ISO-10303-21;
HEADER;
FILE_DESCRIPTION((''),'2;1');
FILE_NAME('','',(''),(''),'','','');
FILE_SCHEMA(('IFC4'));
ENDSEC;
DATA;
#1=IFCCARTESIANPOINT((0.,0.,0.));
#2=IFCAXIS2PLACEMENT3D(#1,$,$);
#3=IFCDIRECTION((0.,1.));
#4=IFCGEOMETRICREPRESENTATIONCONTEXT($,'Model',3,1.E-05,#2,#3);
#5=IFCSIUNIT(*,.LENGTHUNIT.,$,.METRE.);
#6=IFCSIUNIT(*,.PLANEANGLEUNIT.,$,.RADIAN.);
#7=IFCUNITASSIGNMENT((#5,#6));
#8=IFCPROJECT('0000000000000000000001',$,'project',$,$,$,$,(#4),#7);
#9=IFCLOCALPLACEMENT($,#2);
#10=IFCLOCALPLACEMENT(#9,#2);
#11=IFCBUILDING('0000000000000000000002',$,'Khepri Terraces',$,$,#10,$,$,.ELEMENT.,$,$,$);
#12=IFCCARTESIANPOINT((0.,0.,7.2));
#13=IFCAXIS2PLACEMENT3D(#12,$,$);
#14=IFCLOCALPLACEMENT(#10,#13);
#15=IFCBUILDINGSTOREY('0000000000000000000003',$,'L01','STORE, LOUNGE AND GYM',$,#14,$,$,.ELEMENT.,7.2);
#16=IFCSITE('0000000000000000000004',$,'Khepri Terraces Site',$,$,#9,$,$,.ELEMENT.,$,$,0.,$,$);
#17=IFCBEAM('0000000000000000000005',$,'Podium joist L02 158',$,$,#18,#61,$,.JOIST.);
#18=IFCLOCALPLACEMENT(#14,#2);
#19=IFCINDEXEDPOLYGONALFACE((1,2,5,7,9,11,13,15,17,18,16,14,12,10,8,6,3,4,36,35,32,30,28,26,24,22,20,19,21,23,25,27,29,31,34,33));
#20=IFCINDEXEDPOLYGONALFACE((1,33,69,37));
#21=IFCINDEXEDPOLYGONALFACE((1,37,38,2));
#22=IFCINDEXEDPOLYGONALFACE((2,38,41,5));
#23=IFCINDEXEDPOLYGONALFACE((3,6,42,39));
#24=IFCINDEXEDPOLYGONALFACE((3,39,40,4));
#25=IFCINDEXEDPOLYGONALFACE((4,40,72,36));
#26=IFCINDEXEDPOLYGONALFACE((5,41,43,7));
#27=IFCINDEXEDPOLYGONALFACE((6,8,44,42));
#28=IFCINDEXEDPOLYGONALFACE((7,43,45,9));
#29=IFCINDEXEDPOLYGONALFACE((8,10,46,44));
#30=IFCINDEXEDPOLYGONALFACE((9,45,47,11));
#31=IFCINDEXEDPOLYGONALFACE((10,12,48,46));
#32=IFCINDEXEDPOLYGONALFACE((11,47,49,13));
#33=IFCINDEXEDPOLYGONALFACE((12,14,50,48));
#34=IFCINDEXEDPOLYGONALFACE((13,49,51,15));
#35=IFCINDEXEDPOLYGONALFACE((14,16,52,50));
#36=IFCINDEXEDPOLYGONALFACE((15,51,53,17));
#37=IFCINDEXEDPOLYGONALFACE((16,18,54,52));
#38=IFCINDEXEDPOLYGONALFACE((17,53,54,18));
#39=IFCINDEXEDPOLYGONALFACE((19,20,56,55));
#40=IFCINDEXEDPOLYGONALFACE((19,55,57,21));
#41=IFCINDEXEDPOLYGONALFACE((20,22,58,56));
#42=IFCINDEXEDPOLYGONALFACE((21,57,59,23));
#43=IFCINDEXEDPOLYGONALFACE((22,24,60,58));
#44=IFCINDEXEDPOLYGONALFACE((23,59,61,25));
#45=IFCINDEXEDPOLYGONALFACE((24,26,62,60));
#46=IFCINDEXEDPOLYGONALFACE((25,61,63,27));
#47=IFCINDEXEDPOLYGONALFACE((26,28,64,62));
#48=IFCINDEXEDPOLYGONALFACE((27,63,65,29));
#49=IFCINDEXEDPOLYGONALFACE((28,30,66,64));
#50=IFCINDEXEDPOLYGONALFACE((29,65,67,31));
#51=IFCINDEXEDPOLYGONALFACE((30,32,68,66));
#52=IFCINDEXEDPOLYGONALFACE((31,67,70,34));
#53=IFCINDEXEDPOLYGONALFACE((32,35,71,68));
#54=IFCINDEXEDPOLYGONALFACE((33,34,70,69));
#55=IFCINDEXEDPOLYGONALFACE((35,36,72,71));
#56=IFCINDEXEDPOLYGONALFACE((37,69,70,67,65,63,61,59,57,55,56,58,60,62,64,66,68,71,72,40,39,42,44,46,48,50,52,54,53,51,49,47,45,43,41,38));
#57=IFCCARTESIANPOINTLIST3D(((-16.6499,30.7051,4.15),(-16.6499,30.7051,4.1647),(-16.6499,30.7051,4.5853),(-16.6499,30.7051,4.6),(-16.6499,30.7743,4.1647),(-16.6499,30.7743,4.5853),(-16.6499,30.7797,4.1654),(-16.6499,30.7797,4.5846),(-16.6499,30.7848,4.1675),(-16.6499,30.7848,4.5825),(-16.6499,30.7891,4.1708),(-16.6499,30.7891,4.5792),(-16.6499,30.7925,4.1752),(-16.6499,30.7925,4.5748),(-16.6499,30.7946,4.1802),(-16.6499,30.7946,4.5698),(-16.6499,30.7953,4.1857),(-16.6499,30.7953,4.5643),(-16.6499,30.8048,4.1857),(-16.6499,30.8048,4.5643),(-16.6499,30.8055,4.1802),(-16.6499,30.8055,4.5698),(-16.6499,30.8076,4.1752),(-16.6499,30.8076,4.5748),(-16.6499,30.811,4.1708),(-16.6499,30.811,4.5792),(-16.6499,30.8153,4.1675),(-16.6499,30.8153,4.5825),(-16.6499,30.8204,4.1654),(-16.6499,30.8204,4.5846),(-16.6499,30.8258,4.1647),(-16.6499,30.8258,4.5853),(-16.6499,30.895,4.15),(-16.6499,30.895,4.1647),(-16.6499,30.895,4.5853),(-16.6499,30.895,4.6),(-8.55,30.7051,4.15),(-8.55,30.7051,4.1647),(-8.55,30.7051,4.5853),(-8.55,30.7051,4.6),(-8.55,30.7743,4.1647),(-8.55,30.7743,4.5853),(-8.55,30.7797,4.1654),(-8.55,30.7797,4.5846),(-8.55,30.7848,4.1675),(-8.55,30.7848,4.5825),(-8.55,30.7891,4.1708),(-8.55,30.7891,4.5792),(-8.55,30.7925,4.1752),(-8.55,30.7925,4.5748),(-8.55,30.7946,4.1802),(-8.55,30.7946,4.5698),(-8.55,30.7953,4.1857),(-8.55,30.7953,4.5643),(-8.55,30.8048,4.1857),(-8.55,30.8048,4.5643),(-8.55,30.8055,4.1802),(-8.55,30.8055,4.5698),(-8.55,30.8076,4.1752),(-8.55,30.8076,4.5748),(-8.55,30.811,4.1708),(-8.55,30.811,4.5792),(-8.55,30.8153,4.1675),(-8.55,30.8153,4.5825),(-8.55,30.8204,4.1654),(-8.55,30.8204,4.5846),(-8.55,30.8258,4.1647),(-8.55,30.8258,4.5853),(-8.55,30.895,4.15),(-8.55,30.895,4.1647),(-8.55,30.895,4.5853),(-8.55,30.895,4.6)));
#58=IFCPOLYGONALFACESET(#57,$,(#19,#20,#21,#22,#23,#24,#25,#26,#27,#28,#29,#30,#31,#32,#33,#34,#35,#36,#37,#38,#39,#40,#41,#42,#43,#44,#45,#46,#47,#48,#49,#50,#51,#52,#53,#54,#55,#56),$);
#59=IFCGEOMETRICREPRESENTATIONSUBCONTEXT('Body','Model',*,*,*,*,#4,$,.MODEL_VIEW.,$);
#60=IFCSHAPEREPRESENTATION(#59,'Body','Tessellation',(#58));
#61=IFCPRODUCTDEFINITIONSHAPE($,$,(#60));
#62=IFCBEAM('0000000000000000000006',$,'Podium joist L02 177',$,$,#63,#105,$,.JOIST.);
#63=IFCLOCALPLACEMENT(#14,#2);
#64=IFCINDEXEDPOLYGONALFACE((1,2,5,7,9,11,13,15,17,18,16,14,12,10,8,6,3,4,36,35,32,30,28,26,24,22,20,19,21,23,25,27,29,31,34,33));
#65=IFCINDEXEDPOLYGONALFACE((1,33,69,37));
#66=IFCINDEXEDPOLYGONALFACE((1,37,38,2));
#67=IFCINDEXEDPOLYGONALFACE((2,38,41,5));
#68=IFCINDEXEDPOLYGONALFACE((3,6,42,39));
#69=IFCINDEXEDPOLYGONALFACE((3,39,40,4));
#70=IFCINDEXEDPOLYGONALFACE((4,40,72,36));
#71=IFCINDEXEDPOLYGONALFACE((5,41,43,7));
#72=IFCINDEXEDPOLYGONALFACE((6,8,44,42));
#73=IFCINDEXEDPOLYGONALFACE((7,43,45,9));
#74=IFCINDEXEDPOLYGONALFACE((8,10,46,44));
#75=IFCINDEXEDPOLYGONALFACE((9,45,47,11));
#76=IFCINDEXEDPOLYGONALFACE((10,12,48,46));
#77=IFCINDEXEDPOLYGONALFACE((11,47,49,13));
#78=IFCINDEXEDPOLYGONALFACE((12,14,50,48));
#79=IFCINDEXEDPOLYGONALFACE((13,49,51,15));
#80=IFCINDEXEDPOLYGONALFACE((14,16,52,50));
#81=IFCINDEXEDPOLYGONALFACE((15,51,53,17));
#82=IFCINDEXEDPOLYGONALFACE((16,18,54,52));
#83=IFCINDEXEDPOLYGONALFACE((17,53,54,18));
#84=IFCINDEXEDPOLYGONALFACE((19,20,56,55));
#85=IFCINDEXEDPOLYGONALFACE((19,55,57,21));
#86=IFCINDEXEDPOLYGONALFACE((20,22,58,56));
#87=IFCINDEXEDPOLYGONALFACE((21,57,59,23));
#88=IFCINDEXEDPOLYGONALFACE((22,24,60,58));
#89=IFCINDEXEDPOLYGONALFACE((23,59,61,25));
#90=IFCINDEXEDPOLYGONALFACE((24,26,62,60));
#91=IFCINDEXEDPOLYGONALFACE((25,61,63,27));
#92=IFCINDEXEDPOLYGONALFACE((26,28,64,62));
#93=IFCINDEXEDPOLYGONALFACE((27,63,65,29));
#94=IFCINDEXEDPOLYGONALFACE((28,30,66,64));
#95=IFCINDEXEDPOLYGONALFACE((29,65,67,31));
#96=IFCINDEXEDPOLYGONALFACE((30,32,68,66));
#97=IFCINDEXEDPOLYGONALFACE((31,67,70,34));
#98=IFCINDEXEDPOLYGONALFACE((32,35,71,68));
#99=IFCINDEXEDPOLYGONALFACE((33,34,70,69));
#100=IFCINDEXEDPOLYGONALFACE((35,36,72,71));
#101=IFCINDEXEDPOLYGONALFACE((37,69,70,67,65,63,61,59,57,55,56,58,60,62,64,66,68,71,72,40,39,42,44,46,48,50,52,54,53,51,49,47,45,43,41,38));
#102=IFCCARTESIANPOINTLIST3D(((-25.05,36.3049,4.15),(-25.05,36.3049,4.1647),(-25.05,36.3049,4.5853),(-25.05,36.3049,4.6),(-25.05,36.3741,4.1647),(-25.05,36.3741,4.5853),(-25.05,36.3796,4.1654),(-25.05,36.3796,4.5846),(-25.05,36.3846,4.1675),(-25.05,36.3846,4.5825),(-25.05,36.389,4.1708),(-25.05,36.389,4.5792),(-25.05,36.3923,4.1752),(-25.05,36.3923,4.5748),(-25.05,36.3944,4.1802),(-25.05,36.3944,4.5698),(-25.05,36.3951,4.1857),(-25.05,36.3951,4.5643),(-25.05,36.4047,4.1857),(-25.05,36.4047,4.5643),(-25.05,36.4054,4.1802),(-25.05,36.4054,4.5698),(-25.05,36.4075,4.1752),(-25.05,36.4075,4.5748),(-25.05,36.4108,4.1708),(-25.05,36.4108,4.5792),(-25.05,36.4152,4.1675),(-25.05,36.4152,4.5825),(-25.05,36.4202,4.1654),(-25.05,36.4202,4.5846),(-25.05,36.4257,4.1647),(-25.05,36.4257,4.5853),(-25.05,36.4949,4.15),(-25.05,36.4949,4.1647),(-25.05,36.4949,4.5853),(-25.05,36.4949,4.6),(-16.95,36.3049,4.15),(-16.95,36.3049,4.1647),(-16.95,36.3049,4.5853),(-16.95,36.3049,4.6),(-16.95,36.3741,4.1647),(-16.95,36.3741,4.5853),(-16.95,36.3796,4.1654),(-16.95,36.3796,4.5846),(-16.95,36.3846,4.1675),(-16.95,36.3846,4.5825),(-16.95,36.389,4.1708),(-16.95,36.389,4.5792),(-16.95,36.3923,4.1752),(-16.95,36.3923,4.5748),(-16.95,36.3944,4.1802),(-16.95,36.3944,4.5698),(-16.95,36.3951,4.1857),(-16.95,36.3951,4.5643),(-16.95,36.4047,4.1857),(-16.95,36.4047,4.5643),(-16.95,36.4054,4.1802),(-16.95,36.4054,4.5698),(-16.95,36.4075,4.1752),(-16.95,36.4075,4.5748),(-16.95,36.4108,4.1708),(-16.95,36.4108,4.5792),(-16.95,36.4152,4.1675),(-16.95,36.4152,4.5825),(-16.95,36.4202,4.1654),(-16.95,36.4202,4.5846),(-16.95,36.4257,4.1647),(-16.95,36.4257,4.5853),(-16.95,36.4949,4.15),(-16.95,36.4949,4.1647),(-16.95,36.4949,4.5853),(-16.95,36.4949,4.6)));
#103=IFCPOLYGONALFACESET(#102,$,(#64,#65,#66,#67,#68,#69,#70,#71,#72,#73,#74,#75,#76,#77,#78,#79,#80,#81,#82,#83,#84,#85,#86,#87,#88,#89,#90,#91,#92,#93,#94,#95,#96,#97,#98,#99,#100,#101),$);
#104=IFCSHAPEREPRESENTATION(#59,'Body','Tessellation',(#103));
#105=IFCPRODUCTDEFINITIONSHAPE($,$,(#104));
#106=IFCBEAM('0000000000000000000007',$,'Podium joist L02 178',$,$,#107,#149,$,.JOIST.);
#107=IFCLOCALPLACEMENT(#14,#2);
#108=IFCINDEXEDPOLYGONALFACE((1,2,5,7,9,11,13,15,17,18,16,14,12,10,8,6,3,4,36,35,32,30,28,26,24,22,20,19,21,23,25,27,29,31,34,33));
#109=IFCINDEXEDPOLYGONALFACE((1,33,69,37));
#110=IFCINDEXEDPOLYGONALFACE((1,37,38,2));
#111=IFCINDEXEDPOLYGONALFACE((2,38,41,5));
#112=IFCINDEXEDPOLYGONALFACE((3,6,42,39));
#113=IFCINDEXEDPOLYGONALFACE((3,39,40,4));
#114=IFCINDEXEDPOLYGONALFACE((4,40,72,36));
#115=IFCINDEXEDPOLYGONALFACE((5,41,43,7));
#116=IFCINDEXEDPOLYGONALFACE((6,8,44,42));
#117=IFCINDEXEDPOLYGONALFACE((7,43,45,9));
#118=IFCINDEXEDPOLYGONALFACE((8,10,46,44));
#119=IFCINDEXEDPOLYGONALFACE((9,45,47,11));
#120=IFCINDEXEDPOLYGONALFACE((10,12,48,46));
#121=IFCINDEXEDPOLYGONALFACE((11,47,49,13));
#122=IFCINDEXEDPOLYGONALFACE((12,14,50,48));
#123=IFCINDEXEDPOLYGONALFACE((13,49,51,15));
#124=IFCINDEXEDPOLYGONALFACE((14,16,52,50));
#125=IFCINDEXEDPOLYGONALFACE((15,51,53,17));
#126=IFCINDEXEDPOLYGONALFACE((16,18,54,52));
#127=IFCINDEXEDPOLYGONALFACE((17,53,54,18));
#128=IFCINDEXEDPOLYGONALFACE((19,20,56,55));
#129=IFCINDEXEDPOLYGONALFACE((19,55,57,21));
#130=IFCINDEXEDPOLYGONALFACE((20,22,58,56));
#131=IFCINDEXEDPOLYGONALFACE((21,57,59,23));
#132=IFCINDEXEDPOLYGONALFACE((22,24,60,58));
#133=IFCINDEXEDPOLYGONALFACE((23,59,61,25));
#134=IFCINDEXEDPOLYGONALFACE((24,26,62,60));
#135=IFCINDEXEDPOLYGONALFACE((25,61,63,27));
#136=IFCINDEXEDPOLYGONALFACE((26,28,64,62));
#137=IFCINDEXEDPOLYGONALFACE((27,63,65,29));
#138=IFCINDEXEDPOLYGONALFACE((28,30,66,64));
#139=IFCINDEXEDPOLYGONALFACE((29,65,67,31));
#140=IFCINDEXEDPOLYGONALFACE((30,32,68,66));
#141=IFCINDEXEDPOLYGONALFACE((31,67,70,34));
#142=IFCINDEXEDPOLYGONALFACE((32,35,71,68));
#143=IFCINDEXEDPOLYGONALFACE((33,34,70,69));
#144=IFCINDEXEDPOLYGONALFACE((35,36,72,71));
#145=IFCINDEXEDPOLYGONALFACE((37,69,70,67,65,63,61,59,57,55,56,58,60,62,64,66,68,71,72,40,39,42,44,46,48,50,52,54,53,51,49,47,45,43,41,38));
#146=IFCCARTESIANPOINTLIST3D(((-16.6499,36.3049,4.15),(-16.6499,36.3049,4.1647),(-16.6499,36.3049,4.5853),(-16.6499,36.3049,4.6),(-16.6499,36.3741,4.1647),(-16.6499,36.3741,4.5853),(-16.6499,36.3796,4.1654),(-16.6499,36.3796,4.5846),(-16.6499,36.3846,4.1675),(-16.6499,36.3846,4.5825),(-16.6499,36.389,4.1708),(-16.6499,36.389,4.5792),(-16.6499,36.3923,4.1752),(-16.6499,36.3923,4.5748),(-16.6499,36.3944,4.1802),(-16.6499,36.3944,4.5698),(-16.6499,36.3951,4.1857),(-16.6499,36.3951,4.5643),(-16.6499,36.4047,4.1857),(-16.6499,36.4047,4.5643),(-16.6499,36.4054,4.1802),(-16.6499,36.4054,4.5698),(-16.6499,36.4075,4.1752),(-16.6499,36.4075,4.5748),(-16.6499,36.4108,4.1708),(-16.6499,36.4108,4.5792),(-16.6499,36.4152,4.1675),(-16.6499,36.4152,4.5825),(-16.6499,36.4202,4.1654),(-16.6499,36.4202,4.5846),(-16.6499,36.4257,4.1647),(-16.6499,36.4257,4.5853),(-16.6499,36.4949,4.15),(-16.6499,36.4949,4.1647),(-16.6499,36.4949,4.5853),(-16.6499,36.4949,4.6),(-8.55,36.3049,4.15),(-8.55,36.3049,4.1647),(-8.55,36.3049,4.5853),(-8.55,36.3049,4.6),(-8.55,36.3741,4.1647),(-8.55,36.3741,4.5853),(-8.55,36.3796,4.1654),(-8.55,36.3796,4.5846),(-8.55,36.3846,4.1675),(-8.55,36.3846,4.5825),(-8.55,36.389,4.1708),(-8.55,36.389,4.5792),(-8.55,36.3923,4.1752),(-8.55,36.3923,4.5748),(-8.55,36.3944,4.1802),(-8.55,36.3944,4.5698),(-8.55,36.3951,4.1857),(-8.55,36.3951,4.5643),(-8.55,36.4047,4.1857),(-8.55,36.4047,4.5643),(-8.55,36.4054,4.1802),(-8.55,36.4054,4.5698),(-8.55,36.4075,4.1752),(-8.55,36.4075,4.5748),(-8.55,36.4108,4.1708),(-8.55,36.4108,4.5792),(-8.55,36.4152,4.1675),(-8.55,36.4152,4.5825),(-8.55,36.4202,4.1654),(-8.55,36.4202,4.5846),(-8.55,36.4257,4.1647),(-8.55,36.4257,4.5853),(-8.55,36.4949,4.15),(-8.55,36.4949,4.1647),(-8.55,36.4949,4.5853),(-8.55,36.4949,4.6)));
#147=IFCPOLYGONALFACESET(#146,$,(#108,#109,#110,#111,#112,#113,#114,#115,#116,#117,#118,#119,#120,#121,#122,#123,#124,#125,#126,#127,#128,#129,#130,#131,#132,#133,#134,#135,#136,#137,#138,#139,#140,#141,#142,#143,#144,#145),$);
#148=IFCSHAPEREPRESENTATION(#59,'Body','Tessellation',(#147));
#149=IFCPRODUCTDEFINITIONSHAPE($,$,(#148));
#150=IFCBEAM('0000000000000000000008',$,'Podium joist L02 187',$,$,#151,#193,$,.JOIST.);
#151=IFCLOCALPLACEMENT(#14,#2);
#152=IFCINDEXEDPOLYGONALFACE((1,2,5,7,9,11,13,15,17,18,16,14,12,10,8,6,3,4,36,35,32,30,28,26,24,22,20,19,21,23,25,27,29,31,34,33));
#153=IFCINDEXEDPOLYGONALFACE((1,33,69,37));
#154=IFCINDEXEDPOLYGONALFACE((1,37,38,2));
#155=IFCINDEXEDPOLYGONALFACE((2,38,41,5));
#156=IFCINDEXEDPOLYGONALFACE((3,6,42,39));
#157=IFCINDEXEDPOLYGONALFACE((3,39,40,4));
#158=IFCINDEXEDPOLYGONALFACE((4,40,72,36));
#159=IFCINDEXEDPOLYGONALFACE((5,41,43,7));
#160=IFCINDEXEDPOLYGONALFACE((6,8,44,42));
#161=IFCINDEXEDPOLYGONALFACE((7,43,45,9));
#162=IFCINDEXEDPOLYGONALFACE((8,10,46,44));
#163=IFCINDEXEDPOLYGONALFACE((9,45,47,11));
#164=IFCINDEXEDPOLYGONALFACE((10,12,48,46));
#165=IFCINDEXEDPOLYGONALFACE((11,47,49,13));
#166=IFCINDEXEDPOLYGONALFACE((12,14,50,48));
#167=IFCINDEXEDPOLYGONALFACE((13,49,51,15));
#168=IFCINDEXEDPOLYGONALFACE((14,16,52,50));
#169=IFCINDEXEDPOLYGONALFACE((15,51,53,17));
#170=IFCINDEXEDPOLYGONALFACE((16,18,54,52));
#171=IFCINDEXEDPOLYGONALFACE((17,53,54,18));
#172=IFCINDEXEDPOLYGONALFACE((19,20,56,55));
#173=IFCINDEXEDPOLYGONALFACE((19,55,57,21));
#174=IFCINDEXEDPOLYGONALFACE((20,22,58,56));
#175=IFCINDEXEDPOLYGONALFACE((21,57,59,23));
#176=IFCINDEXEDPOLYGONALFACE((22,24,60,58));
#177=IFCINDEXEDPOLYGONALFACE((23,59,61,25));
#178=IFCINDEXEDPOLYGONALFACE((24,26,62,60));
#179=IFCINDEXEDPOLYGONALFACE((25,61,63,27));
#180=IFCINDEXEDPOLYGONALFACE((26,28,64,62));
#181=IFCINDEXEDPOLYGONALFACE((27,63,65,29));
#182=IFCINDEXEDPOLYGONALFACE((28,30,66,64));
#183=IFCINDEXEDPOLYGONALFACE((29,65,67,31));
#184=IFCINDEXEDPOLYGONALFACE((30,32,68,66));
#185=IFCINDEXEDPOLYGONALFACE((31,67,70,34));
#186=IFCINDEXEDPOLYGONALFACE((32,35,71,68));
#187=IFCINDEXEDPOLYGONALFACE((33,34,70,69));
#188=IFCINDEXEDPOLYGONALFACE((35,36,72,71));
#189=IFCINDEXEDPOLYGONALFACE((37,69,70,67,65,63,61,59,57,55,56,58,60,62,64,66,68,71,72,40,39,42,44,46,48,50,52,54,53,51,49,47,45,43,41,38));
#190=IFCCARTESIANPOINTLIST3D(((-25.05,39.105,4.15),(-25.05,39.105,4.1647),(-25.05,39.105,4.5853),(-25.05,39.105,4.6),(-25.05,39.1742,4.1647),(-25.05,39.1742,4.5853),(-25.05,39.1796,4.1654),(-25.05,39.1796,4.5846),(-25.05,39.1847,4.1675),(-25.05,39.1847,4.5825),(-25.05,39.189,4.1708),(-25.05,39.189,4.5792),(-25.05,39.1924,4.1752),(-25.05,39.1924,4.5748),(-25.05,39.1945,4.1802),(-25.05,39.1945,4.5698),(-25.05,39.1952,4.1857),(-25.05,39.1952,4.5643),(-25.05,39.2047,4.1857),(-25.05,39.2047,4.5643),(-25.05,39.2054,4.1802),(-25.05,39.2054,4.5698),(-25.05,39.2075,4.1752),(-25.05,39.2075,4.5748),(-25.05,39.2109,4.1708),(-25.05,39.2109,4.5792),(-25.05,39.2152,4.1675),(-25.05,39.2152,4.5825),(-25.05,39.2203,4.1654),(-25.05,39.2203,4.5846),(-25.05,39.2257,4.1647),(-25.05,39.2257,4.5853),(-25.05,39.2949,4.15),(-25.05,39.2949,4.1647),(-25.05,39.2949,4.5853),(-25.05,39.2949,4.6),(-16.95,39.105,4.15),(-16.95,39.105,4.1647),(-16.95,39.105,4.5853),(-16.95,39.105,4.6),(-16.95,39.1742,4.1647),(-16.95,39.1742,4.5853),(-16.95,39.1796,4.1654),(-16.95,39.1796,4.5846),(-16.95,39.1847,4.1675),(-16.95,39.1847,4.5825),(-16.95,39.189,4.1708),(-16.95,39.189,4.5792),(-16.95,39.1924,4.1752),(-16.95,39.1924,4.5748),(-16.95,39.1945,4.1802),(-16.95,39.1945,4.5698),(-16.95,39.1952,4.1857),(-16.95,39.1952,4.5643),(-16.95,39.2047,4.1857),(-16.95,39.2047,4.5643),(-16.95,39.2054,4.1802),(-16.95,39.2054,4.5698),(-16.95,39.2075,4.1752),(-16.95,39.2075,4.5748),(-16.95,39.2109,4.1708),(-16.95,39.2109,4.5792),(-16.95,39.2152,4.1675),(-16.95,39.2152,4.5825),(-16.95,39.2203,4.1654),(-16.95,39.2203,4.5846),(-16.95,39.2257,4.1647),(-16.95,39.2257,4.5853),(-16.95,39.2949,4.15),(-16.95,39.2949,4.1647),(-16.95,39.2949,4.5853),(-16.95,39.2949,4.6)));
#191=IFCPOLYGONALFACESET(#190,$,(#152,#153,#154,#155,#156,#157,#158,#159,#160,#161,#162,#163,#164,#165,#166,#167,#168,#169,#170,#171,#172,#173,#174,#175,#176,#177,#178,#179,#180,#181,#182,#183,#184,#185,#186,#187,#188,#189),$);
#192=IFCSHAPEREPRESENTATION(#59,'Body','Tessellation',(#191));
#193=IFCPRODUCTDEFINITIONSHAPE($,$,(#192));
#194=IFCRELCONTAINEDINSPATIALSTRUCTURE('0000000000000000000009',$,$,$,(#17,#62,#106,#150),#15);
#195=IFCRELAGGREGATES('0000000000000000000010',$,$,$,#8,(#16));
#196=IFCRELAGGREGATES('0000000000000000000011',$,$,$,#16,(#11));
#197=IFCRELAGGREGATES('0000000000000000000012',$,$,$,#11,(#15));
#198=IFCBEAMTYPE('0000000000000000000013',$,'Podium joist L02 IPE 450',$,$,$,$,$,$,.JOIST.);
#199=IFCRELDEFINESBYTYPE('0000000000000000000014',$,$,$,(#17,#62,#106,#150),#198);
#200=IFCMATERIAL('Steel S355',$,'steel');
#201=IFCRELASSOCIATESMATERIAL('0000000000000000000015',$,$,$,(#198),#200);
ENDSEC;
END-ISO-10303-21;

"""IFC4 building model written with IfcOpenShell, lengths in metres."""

from ifc_helpers import new_model, si_unit, direction, frame, origin, origin_2d, place, context, subcontext, project, spatial, i_section, extrude, material, material_profile, profile_set, type_object, element, save


model = new_model("IFC4")

# Units and contexts
model_context = context("Model", 3, precision=1e-05, world=origin(), true_north=direction((0.0, 1.0)))
body_context = subcontext(model_context, "Body", "Model", "MODEL_VIEW")
ifc_project = project(units=[si_unit("LENGTHUNIT", "METRE"), si_unit("PLANEANGLEUNIT", "RADIAN")], contexts=[model_context])

# Site, building, storey
site_placement = place(None, origin())
site = spatial("IfcSite", under=ifc_project, at=site_placement, Name="Khepri Terraces Site", CompositionType="ELEMENT", RefElevation=0.0)
building_placement = place(site_placement, origin())
building = spatial("IfcBuilding", under=site, at=building_placement, Name="Khepri Terraces", CompositionType="ELEMENT")
storey_placement = place(building_placement, frame((0.0, 0.0, 7.2)))
storey = spatial("IfcBuildingStorey", under=building, at=storey_placement, Name="L01", Description="STORE, LOUNGE AND GYM", CompositionType="ELEMENT", Elevation=7.2)

# Beams
ifc_material_1 = material(Name="Steel S355", Category="steel")
ifc_material_profile_1 = material_profile(ifc_material_1, i_section(OverallWidth=0.1899, OverallDepth=0.45, WebThickness=0.0095, FlangeThickness=0.0146, FilletRadius=0.021, at=origin_2d()), Name="Steel S355", Category="steel")
ifc_profile_set_1 = profile_set([ifc_material_profile_1], Name="Steel S355")
beam_type_1 = type_object("IfcBeamType", Name="Podium joist L02 IPE 450", PredefinedType="JOIST", material=ifc_profile_set_1)
beam_1_placement = place(storey_placement, frame((-16.6499, 30.8, 4.375), z_axis=(1.0, 0.0, 0.0), x_axis=(0.0, 1.0, 0.0)))
element("IfcBeam", 1, at=beam_1_placement, inside=storey, type_object=beam_type_1, Name="Podium joist L02 158", PredefinedType="JOIST", context=body_context, shape_type="SweptSolid", body=[
    extrude(i_section(OverallWidth=0.1899, OverallDepth=0.45, WebThickness=0.0095, FlangeThickness=0.0146, FilletRadius=0.021, at=origin_2d()), origin(), (0.0, 0.0, 1.0), 8.0999),
])
beam_2_placement = place(storey_placement, frame((-25.05, 36.3999, 4.375), z_axis=(1.0, 0.0, 0.0), x_axis=(0.0, 1.0, 0.0)))
element("IfcBeam", 2, at=beam_2_placement, inside=storey, type_object=beam_type_1, Name="Podium joist L02 177", PredefinedType="JOIST", context=body_context, shape_type="SweptSolid", body=[
    extrude(i_section(OverallWidth=0.1899, OverallDepth=0.45, WebThickness=0.0095, FlangeThickness=0.0146, FilletRadius=0.021, at=origin_2d()), origin(), (0.0, 0.0, 1.0), 8.1001),
])
beam_3_placement = place(storey_placement, frame((-16.6499, 36.3999, 4.375), z_axis=(1.0, 0.0, 0.0), x_axis=(0.0, 1.0, 0.0)))
element("IfcBeam", 3, at=beam_3_placement, inside=storey, type_object=beam_type_1, Name="Podium joist L02 178", PredefinedType="JOIST", context=body_context, shape_type="SweptSolid", body=[
    extrude(i_section(OverallWidth=0.1899, OverallDepth=0.45, WebThickness=0.0095, FlangeThickness=0.0146, FilletRadius=0.021, at=origin_2d()), origin(), (0.0, 0.0, 1.0), 8.0999),
])
beam_4_placement = place(storey_placement, frame((-25.05, 39.2, 4.375), z_axis=(1.0, 0.0, 0.0), x_axis=(0.0, 1.0, 0.0)))
element("IfcBeam", 4, at=beam_4_placement, inside=storey, type_object=beam_type_1, Name="Podium joist L02 187", PredefinedType="JOIST", context=body_context, shape_type="SweptSolid", body=[
    extrude(i_section(OverallWidth=0.1899, OverallDepth=0.45, WebThickness=0.0095, FlangeThickness=0.0146, FilletRadius=0.021, at=origin_2d()), origin(), (0.0, 0.0, 1.0), 8.1001),
])

save(model, "model.ifc")
